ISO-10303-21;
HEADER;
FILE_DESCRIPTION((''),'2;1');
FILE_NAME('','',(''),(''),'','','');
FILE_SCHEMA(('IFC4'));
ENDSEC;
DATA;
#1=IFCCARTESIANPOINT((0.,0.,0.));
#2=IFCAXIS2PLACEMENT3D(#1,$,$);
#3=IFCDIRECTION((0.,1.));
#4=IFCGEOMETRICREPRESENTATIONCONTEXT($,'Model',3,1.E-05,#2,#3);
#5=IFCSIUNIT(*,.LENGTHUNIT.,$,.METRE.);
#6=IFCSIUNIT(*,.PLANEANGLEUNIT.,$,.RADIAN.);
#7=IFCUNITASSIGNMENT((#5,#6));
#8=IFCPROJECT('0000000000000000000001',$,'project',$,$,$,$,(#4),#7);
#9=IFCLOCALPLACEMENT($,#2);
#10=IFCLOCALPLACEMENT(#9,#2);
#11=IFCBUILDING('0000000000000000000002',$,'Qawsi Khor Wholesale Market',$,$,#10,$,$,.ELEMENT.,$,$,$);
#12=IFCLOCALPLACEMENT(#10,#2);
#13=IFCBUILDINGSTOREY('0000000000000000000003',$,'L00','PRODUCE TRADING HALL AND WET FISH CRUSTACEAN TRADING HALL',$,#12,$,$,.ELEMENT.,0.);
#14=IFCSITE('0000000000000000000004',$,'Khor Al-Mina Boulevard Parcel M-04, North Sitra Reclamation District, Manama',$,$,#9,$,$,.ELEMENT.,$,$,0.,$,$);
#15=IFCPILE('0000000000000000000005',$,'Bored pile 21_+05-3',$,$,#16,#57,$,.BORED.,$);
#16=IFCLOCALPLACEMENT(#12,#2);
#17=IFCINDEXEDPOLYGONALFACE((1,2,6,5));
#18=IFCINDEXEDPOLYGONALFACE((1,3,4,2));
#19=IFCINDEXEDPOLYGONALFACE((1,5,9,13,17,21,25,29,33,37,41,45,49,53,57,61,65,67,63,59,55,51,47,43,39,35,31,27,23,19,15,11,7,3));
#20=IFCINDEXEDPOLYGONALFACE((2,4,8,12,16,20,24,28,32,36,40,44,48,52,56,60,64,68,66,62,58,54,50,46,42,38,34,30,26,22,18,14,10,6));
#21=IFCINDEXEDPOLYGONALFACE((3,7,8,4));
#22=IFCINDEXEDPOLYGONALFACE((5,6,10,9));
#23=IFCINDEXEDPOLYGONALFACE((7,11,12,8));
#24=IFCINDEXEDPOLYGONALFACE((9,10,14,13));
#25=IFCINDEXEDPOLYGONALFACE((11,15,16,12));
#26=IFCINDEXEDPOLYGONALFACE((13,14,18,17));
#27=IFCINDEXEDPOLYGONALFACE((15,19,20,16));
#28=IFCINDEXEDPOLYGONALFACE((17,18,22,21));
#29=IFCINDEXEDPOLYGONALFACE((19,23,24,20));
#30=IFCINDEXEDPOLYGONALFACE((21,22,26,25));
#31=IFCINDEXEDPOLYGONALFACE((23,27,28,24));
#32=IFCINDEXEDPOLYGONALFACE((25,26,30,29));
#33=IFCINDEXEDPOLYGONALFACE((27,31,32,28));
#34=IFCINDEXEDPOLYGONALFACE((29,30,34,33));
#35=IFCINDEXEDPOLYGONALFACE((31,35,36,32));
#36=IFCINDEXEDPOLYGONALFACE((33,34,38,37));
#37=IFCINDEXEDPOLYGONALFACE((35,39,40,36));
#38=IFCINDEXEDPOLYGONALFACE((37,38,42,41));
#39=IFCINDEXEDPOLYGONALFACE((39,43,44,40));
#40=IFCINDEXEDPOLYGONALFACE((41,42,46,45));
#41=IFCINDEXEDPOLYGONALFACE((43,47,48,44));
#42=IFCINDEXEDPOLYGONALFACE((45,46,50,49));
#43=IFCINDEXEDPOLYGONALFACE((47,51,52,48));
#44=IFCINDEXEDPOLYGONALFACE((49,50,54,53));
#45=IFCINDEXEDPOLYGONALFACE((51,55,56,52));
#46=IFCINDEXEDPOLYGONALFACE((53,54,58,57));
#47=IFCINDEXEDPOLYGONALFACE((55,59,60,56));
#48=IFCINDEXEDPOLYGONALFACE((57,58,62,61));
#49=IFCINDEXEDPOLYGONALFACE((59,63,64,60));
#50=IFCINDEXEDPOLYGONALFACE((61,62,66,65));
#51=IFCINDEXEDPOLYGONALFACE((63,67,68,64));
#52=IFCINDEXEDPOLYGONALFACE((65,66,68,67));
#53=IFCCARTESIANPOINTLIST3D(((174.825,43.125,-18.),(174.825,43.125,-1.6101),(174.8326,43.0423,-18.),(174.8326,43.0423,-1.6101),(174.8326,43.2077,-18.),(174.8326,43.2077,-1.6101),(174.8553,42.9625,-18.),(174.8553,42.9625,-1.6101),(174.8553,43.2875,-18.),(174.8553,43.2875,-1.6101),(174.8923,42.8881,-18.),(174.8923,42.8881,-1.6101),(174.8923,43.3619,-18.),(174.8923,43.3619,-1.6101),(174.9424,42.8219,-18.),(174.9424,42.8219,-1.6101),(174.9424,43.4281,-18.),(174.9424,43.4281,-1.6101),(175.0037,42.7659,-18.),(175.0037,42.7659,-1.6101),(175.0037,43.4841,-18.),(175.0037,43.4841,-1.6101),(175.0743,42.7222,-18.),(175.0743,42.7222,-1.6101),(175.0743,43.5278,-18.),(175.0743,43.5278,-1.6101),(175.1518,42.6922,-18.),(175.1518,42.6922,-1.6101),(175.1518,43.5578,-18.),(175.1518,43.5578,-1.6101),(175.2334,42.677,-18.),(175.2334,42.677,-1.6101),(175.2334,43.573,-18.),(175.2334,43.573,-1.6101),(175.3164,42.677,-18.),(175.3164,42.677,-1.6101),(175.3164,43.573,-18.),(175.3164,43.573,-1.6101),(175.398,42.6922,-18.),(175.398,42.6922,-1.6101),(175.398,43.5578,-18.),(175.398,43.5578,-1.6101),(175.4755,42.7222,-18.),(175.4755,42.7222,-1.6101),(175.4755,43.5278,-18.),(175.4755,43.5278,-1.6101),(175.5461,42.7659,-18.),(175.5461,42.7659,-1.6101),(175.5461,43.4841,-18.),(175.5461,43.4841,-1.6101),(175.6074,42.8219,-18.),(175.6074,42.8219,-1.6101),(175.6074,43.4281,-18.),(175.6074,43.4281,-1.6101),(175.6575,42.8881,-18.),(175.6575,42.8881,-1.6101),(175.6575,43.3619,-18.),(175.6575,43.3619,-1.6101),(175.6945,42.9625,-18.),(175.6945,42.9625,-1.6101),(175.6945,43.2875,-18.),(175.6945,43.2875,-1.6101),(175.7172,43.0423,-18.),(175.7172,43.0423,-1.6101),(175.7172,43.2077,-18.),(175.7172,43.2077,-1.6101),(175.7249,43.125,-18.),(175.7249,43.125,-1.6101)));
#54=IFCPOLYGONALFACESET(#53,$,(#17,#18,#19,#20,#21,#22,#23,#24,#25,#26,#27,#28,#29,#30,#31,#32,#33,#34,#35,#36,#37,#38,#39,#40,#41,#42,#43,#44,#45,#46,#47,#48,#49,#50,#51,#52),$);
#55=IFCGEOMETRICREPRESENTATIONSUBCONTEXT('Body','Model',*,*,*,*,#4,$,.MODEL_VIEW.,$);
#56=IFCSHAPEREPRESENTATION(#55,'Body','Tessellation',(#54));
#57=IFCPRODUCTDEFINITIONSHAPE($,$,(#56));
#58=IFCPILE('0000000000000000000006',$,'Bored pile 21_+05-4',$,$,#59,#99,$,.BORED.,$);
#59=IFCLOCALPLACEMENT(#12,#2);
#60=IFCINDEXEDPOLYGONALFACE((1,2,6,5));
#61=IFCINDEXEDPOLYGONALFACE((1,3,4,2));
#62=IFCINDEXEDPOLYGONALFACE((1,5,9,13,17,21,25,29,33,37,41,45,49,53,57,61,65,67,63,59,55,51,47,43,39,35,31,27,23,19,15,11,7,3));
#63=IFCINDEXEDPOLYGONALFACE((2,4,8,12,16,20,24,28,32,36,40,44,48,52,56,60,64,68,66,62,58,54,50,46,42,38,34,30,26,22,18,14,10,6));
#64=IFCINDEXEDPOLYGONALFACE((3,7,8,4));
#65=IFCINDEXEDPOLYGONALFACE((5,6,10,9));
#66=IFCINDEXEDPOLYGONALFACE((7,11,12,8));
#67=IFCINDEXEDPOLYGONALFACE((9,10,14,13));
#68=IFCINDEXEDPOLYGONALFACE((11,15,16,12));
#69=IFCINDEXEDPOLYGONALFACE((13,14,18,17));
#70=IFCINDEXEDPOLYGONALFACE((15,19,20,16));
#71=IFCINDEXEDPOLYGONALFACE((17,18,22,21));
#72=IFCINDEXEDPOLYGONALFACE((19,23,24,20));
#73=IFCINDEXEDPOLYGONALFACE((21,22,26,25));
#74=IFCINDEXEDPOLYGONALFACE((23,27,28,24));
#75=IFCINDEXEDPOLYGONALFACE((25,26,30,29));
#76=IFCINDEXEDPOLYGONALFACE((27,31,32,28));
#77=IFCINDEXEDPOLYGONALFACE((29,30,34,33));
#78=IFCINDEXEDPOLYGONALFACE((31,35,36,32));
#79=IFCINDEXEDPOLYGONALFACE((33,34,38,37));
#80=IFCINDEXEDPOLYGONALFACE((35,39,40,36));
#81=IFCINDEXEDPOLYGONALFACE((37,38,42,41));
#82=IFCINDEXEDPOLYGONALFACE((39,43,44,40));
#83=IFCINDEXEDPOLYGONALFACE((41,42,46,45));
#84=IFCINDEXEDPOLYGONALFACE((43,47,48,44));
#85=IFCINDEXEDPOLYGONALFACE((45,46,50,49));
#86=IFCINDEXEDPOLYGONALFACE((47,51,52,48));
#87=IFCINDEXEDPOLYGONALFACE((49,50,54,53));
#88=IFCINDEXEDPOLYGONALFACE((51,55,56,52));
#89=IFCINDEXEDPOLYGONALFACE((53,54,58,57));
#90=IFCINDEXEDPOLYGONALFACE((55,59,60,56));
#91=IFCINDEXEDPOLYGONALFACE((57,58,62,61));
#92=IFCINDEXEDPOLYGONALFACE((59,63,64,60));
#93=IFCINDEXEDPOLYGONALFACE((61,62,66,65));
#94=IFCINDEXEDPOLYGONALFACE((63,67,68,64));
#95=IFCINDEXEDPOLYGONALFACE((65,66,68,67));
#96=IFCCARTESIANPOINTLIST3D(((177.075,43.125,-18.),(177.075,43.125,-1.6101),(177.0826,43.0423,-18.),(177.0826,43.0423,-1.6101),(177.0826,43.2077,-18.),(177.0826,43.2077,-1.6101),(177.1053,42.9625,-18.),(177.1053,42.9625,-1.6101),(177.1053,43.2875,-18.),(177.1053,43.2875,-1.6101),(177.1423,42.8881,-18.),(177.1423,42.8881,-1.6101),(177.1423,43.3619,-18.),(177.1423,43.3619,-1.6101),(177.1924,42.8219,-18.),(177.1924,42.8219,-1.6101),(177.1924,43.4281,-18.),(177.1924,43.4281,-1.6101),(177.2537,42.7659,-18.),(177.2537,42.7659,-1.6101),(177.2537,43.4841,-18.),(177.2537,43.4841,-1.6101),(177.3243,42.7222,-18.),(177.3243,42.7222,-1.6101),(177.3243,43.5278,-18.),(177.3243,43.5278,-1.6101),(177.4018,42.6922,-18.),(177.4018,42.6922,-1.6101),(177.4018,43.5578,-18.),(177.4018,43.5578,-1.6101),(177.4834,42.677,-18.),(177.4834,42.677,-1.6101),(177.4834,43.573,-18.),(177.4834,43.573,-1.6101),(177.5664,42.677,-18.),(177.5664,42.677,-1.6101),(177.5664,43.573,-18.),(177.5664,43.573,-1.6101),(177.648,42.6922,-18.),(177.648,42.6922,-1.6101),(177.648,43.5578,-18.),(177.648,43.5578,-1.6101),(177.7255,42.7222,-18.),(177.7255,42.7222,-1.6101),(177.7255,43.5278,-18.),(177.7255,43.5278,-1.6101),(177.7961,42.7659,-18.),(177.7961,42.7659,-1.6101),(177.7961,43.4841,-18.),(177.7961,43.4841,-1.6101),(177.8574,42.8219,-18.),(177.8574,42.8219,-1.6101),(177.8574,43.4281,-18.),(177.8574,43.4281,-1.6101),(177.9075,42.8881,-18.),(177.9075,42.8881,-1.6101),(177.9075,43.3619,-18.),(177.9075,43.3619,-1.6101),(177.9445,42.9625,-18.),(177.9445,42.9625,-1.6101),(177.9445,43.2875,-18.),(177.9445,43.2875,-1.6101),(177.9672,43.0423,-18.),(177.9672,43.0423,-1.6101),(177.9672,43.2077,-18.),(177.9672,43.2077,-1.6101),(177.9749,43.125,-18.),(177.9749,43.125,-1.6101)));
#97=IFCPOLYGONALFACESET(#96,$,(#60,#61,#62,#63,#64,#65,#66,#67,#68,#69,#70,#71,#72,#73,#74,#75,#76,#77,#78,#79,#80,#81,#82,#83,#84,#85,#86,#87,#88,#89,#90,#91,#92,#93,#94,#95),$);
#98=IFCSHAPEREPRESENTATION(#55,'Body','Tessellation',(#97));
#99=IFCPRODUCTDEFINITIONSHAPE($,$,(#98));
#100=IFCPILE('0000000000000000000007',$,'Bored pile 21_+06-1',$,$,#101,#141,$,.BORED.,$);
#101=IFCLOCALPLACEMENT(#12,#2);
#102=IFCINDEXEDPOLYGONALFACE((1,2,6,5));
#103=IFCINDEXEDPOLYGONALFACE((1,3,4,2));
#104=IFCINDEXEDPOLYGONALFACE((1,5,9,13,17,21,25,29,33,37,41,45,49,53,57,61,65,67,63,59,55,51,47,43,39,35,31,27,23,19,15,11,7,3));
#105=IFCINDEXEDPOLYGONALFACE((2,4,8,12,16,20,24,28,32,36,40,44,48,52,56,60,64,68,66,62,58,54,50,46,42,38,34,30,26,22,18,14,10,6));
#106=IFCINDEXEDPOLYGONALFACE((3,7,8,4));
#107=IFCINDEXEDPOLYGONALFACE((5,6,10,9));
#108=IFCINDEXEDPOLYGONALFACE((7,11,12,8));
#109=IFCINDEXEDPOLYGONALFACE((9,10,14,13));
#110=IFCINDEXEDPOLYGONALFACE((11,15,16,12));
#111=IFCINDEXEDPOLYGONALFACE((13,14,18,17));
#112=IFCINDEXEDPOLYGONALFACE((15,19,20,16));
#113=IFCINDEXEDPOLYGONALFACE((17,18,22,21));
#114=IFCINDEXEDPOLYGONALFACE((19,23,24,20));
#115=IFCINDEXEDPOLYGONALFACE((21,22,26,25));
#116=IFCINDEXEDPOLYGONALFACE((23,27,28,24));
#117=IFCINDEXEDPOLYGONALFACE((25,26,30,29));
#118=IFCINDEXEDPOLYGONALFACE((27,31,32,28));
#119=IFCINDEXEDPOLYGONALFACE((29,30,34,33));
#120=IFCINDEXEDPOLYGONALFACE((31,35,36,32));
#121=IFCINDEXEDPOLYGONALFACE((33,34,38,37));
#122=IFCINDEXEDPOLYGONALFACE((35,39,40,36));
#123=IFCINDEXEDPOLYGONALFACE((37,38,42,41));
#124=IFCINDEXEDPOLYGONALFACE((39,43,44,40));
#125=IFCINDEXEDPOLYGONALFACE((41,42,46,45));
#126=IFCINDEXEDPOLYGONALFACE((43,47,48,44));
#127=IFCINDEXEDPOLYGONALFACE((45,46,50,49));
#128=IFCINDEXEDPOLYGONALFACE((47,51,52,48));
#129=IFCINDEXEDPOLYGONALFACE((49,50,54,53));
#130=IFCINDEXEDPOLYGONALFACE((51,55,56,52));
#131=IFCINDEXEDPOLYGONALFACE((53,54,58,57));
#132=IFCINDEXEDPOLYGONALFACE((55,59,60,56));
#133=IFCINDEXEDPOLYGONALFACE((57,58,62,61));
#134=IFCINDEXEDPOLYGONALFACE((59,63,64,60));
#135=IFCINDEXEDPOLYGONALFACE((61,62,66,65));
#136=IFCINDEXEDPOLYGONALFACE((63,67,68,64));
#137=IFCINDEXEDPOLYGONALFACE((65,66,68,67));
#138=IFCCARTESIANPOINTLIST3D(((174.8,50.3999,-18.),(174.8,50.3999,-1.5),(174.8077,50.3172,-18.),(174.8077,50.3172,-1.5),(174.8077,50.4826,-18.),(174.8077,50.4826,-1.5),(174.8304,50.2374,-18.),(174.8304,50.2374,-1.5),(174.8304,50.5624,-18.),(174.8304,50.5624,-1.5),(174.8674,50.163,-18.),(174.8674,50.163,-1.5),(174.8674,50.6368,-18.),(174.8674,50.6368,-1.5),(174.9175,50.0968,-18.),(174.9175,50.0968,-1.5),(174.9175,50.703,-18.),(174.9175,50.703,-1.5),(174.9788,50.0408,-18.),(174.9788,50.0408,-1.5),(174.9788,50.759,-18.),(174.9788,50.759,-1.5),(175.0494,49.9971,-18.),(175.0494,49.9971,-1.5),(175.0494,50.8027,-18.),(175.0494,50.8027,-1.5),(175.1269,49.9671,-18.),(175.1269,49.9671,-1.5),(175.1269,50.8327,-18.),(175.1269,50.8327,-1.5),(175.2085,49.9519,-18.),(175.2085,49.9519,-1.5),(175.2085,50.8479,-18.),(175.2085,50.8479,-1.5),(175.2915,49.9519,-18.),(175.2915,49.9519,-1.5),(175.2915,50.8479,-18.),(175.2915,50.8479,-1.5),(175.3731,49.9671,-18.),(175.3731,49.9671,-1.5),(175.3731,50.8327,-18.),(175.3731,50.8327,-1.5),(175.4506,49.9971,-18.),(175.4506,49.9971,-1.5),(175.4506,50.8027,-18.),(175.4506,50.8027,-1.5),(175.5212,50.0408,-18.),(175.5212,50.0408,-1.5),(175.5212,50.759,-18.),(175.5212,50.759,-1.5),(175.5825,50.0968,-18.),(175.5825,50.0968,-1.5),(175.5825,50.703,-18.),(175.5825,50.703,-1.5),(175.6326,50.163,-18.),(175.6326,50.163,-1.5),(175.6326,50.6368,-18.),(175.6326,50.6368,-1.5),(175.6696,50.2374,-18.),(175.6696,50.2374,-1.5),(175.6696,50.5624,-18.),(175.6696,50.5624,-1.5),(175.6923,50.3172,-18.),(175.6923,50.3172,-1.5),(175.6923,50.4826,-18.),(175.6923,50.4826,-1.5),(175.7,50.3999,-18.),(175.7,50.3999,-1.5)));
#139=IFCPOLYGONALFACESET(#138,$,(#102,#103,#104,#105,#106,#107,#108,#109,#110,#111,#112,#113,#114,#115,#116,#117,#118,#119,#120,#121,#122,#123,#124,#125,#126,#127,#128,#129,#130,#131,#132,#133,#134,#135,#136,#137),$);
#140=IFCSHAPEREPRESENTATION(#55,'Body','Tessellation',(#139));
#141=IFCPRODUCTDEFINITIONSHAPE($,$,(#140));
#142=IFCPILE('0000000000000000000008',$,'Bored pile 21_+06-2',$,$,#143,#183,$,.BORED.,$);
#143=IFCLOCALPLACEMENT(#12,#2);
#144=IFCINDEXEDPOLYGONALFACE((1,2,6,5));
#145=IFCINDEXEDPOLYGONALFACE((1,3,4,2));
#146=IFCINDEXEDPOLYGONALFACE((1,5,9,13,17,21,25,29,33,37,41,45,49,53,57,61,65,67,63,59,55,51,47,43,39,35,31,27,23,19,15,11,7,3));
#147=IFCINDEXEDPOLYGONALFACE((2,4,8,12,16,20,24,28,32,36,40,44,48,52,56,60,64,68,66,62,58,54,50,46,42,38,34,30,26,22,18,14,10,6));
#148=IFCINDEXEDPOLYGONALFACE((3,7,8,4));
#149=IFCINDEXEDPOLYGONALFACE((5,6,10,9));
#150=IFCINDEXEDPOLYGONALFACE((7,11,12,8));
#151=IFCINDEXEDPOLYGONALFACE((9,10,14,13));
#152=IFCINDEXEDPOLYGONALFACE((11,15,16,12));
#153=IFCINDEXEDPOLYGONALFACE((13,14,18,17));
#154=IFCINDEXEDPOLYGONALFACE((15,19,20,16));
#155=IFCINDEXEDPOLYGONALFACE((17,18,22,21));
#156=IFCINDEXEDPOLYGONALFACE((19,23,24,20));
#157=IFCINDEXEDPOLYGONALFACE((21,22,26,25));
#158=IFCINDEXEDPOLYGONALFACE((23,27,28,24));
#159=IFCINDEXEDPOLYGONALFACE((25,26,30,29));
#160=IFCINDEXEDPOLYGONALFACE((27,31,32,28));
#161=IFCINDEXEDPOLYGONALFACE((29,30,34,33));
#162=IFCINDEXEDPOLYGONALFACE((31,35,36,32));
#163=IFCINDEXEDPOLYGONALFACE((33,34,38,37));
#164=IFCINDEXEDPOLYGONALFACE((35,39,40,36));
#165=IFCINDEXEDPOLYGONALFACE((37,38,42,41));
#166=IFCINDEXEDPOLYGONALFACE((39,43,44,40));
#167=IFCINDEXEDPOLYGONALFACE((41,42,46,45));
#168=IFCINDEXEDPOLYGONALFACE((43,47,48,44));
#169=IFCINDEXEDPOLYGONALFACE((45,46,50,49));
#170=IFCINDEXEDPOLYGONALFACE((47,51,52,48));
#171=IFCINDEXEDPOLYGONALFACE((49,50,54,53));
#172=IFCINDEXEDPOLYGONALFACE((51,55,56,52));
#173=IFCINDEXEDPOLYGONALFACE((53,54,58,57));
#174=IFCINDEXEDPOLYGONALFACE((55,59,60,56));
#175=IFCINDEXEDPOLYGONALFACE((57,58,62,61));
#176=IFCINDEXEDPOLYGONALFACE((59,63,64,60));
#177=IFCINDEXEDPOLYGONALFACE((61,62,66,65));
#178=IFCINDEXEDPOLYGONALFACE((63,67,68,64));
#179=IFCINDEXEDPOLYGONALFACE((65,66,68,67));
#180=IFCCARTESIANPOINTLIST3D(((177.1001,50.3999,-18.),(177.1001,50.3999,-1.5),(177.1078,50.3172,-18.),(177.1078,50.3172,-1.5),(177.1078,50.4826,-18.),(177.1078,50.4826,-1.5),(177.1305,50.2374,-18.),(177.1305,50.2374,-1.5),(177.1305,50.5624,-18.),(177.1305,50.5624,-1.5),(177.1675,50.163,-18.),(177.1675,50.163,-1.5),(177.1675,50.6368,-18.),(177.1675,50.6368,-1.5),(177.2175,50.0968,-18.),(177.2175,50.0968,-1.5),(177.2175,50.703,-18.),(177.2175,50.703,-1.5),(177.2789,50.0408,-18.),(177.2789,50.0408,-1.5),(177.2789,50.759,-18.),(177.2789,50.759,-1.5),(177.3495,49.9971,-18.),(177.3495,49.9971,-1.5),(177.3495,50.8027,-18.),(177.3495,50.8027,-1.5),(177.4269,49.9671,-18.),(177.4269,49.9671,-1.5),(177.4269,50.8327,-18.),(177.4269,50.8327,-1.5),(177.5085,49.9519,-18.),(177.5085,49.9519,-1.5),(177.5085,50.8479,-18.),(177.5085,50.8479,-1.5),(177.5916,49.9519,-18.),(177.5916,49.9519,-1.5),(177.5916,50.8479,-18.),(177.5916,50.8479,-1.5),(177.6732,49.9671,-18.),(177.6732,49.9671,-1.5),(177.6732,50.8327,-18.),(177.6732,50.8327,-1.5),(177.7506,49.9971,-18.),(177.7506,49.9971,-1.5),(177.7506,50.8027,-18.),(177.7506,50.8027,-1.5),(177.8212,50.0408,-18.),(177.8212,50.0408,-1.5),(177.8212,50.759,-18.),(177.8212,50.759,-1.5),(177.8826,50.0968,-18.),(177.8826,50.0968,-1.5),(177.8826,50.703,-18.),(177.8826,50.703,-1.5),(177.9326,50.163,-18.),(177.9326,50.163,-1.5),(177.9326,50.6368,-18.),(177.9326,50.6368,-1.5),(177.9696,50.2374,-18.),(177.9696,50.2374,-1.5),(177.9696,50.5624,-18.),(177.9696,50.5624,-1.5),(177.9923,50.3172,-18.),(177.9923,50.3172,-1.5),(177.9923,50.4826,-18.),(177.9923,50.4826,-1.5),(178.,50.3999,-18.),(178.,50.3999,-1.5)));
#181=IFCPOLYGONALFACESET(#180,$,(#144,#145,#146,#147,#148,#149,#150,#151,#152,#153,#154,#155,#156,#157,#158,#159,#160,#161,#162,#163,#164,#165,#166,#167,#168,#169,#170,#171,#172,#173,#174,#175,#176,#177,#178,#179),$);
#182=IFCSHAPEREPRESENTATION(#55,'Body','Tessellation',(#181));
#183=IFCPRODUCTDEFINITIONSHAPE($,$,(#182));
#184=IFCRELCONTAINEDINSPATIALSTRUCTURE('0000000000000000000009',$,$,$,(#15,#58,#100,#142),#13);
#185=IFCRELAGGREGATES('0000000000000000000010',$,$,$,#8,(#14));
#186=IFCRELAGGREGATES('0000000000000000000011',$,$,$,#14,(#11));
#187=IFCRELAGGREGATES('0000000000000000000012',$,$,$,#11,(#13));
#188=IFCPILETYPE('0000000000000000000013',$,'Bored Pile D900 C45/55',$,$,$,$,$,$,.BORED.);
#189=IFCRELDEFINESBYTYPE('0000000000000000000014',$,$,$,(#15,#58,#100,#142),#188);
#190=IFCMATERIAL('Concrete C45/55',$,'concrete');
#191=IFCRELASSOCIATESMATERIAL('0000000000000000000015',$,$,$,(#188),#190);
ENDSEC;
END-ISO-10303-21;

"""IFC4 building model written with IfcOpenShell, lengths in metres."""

from ifc_helpers import new_model, si_unit, direction, frame, origin, origin_2d, place, context, subcontext, project, spatial, circle, extrude, material, material_profile, profile_set, type_object, element, save


model = new_model("IFC4")

# Units and contexts
model_context = context("Model", 3, precision=1e-05, world=origin(), true_north=direction((0.0, 1.0)))
body_context = subcontext(model_context, "Body", "Model", "MODEL_VIEW")
ifc_project = project(units=[si_unit("LENGTHUNIT", "METRE"), si_unit("PLANEANGLEUNIT", "RADIAN")], contexts=[model_context])

# Site, building, storey
site_placement = place(None, origin())
site = spatial("IfcSite", under=ifc_project, at=site_placement, Name="Khor Al-Mina Boulevard Parcel M-04, North Sitra Reclamation District, Manama", CompositionType="ELEMENT", RefElevation=0.0)
building_placement = place(site_placement, origin())
building = spatial("IfcBuilding", under=site, at=building_placement, Name="Qawsi Khor Wholesale Market", CompositionType="ELEMENT")
storey_placement = place(building_placement, origin())
storey = spatial("IfcBuildingStorey", under=building, at=storey_placement, Name="L00", Description="PRODUCE TRADING HALL AND WET FISH CRUSTACEAN TRADING HALL", CompositionType="ELEMENT", Elevation=0.0)

# Piles
ifc_material_1 = material(Name="Concrete C45/55", Category="concrete")
ifc_material_profile_1 = material_profile(ifc_material_1, circle(Radius=0.45, at=origin_2d()), Name="PILE D900")
ifc_profile_set_1 = profile_set([ifc_material_profile_1], Name="Concrete C45/55")
pile_type = type_object("IfcPileType", Name="Bored Pile D900 C45/55", PredefinedType="BORED", material=ifc_profile_set_1)
for number, where, z_axis, x_axis, name in (
    (1, (175.2749, 43.125, -1.6101), (0.0, 0.0, -1.0), (1.0, 0.0, 0.0), "Bored pile 21_+05-3"),
    (2, (177.5249, 43.125, -1.6101), (0.0, 0.0, -1.0), (1.0, 0.0, 0.0), "Bored pile 21_+05-4"),
):
    element("IfcPile", number, at=place(storey_placement, frame(where, z_axis=z_axis, x_axis=x_axis)), inside=storey, type_object=pile_type, Name=name, PredefinedType="BORED", context=body_context, shape_type="SweptSolid", body=[
        extrude(circle(Radius=0.45, at=origin_2d()), origin(), (0.0, 0.0, 1.0), 16.3899),
    ])
for number, where, z_axis, x_axis, name in (
    (3, (175.25, 50.3999, -1.5), (0.0, 0.0, -1.0), (1.0, 0.0, 0.0), "Bored pile 21_+06-1"),
    (4, (177.55, 50.3999, -1.5), (0.0, 0.0, -1.0), (1.0, 0.0, 0.0), "Bored pile 21_+06-2"),
):
    element("IfcPile", number, at=place(storey_placement, frame(where, z_axis=z_axis, x_axis=x_axis)), inside=storey, type_object=pile_type, Name=name, PredefinedType="BORED", context=body_context, shape_type="SweptSolid", body=[
        extrude(circle(Radius=0.45, at=origin_2d()), origin(), (0.0, 0.0, 1.0), 16.5),
    ])

save(model, "model.ifc")
